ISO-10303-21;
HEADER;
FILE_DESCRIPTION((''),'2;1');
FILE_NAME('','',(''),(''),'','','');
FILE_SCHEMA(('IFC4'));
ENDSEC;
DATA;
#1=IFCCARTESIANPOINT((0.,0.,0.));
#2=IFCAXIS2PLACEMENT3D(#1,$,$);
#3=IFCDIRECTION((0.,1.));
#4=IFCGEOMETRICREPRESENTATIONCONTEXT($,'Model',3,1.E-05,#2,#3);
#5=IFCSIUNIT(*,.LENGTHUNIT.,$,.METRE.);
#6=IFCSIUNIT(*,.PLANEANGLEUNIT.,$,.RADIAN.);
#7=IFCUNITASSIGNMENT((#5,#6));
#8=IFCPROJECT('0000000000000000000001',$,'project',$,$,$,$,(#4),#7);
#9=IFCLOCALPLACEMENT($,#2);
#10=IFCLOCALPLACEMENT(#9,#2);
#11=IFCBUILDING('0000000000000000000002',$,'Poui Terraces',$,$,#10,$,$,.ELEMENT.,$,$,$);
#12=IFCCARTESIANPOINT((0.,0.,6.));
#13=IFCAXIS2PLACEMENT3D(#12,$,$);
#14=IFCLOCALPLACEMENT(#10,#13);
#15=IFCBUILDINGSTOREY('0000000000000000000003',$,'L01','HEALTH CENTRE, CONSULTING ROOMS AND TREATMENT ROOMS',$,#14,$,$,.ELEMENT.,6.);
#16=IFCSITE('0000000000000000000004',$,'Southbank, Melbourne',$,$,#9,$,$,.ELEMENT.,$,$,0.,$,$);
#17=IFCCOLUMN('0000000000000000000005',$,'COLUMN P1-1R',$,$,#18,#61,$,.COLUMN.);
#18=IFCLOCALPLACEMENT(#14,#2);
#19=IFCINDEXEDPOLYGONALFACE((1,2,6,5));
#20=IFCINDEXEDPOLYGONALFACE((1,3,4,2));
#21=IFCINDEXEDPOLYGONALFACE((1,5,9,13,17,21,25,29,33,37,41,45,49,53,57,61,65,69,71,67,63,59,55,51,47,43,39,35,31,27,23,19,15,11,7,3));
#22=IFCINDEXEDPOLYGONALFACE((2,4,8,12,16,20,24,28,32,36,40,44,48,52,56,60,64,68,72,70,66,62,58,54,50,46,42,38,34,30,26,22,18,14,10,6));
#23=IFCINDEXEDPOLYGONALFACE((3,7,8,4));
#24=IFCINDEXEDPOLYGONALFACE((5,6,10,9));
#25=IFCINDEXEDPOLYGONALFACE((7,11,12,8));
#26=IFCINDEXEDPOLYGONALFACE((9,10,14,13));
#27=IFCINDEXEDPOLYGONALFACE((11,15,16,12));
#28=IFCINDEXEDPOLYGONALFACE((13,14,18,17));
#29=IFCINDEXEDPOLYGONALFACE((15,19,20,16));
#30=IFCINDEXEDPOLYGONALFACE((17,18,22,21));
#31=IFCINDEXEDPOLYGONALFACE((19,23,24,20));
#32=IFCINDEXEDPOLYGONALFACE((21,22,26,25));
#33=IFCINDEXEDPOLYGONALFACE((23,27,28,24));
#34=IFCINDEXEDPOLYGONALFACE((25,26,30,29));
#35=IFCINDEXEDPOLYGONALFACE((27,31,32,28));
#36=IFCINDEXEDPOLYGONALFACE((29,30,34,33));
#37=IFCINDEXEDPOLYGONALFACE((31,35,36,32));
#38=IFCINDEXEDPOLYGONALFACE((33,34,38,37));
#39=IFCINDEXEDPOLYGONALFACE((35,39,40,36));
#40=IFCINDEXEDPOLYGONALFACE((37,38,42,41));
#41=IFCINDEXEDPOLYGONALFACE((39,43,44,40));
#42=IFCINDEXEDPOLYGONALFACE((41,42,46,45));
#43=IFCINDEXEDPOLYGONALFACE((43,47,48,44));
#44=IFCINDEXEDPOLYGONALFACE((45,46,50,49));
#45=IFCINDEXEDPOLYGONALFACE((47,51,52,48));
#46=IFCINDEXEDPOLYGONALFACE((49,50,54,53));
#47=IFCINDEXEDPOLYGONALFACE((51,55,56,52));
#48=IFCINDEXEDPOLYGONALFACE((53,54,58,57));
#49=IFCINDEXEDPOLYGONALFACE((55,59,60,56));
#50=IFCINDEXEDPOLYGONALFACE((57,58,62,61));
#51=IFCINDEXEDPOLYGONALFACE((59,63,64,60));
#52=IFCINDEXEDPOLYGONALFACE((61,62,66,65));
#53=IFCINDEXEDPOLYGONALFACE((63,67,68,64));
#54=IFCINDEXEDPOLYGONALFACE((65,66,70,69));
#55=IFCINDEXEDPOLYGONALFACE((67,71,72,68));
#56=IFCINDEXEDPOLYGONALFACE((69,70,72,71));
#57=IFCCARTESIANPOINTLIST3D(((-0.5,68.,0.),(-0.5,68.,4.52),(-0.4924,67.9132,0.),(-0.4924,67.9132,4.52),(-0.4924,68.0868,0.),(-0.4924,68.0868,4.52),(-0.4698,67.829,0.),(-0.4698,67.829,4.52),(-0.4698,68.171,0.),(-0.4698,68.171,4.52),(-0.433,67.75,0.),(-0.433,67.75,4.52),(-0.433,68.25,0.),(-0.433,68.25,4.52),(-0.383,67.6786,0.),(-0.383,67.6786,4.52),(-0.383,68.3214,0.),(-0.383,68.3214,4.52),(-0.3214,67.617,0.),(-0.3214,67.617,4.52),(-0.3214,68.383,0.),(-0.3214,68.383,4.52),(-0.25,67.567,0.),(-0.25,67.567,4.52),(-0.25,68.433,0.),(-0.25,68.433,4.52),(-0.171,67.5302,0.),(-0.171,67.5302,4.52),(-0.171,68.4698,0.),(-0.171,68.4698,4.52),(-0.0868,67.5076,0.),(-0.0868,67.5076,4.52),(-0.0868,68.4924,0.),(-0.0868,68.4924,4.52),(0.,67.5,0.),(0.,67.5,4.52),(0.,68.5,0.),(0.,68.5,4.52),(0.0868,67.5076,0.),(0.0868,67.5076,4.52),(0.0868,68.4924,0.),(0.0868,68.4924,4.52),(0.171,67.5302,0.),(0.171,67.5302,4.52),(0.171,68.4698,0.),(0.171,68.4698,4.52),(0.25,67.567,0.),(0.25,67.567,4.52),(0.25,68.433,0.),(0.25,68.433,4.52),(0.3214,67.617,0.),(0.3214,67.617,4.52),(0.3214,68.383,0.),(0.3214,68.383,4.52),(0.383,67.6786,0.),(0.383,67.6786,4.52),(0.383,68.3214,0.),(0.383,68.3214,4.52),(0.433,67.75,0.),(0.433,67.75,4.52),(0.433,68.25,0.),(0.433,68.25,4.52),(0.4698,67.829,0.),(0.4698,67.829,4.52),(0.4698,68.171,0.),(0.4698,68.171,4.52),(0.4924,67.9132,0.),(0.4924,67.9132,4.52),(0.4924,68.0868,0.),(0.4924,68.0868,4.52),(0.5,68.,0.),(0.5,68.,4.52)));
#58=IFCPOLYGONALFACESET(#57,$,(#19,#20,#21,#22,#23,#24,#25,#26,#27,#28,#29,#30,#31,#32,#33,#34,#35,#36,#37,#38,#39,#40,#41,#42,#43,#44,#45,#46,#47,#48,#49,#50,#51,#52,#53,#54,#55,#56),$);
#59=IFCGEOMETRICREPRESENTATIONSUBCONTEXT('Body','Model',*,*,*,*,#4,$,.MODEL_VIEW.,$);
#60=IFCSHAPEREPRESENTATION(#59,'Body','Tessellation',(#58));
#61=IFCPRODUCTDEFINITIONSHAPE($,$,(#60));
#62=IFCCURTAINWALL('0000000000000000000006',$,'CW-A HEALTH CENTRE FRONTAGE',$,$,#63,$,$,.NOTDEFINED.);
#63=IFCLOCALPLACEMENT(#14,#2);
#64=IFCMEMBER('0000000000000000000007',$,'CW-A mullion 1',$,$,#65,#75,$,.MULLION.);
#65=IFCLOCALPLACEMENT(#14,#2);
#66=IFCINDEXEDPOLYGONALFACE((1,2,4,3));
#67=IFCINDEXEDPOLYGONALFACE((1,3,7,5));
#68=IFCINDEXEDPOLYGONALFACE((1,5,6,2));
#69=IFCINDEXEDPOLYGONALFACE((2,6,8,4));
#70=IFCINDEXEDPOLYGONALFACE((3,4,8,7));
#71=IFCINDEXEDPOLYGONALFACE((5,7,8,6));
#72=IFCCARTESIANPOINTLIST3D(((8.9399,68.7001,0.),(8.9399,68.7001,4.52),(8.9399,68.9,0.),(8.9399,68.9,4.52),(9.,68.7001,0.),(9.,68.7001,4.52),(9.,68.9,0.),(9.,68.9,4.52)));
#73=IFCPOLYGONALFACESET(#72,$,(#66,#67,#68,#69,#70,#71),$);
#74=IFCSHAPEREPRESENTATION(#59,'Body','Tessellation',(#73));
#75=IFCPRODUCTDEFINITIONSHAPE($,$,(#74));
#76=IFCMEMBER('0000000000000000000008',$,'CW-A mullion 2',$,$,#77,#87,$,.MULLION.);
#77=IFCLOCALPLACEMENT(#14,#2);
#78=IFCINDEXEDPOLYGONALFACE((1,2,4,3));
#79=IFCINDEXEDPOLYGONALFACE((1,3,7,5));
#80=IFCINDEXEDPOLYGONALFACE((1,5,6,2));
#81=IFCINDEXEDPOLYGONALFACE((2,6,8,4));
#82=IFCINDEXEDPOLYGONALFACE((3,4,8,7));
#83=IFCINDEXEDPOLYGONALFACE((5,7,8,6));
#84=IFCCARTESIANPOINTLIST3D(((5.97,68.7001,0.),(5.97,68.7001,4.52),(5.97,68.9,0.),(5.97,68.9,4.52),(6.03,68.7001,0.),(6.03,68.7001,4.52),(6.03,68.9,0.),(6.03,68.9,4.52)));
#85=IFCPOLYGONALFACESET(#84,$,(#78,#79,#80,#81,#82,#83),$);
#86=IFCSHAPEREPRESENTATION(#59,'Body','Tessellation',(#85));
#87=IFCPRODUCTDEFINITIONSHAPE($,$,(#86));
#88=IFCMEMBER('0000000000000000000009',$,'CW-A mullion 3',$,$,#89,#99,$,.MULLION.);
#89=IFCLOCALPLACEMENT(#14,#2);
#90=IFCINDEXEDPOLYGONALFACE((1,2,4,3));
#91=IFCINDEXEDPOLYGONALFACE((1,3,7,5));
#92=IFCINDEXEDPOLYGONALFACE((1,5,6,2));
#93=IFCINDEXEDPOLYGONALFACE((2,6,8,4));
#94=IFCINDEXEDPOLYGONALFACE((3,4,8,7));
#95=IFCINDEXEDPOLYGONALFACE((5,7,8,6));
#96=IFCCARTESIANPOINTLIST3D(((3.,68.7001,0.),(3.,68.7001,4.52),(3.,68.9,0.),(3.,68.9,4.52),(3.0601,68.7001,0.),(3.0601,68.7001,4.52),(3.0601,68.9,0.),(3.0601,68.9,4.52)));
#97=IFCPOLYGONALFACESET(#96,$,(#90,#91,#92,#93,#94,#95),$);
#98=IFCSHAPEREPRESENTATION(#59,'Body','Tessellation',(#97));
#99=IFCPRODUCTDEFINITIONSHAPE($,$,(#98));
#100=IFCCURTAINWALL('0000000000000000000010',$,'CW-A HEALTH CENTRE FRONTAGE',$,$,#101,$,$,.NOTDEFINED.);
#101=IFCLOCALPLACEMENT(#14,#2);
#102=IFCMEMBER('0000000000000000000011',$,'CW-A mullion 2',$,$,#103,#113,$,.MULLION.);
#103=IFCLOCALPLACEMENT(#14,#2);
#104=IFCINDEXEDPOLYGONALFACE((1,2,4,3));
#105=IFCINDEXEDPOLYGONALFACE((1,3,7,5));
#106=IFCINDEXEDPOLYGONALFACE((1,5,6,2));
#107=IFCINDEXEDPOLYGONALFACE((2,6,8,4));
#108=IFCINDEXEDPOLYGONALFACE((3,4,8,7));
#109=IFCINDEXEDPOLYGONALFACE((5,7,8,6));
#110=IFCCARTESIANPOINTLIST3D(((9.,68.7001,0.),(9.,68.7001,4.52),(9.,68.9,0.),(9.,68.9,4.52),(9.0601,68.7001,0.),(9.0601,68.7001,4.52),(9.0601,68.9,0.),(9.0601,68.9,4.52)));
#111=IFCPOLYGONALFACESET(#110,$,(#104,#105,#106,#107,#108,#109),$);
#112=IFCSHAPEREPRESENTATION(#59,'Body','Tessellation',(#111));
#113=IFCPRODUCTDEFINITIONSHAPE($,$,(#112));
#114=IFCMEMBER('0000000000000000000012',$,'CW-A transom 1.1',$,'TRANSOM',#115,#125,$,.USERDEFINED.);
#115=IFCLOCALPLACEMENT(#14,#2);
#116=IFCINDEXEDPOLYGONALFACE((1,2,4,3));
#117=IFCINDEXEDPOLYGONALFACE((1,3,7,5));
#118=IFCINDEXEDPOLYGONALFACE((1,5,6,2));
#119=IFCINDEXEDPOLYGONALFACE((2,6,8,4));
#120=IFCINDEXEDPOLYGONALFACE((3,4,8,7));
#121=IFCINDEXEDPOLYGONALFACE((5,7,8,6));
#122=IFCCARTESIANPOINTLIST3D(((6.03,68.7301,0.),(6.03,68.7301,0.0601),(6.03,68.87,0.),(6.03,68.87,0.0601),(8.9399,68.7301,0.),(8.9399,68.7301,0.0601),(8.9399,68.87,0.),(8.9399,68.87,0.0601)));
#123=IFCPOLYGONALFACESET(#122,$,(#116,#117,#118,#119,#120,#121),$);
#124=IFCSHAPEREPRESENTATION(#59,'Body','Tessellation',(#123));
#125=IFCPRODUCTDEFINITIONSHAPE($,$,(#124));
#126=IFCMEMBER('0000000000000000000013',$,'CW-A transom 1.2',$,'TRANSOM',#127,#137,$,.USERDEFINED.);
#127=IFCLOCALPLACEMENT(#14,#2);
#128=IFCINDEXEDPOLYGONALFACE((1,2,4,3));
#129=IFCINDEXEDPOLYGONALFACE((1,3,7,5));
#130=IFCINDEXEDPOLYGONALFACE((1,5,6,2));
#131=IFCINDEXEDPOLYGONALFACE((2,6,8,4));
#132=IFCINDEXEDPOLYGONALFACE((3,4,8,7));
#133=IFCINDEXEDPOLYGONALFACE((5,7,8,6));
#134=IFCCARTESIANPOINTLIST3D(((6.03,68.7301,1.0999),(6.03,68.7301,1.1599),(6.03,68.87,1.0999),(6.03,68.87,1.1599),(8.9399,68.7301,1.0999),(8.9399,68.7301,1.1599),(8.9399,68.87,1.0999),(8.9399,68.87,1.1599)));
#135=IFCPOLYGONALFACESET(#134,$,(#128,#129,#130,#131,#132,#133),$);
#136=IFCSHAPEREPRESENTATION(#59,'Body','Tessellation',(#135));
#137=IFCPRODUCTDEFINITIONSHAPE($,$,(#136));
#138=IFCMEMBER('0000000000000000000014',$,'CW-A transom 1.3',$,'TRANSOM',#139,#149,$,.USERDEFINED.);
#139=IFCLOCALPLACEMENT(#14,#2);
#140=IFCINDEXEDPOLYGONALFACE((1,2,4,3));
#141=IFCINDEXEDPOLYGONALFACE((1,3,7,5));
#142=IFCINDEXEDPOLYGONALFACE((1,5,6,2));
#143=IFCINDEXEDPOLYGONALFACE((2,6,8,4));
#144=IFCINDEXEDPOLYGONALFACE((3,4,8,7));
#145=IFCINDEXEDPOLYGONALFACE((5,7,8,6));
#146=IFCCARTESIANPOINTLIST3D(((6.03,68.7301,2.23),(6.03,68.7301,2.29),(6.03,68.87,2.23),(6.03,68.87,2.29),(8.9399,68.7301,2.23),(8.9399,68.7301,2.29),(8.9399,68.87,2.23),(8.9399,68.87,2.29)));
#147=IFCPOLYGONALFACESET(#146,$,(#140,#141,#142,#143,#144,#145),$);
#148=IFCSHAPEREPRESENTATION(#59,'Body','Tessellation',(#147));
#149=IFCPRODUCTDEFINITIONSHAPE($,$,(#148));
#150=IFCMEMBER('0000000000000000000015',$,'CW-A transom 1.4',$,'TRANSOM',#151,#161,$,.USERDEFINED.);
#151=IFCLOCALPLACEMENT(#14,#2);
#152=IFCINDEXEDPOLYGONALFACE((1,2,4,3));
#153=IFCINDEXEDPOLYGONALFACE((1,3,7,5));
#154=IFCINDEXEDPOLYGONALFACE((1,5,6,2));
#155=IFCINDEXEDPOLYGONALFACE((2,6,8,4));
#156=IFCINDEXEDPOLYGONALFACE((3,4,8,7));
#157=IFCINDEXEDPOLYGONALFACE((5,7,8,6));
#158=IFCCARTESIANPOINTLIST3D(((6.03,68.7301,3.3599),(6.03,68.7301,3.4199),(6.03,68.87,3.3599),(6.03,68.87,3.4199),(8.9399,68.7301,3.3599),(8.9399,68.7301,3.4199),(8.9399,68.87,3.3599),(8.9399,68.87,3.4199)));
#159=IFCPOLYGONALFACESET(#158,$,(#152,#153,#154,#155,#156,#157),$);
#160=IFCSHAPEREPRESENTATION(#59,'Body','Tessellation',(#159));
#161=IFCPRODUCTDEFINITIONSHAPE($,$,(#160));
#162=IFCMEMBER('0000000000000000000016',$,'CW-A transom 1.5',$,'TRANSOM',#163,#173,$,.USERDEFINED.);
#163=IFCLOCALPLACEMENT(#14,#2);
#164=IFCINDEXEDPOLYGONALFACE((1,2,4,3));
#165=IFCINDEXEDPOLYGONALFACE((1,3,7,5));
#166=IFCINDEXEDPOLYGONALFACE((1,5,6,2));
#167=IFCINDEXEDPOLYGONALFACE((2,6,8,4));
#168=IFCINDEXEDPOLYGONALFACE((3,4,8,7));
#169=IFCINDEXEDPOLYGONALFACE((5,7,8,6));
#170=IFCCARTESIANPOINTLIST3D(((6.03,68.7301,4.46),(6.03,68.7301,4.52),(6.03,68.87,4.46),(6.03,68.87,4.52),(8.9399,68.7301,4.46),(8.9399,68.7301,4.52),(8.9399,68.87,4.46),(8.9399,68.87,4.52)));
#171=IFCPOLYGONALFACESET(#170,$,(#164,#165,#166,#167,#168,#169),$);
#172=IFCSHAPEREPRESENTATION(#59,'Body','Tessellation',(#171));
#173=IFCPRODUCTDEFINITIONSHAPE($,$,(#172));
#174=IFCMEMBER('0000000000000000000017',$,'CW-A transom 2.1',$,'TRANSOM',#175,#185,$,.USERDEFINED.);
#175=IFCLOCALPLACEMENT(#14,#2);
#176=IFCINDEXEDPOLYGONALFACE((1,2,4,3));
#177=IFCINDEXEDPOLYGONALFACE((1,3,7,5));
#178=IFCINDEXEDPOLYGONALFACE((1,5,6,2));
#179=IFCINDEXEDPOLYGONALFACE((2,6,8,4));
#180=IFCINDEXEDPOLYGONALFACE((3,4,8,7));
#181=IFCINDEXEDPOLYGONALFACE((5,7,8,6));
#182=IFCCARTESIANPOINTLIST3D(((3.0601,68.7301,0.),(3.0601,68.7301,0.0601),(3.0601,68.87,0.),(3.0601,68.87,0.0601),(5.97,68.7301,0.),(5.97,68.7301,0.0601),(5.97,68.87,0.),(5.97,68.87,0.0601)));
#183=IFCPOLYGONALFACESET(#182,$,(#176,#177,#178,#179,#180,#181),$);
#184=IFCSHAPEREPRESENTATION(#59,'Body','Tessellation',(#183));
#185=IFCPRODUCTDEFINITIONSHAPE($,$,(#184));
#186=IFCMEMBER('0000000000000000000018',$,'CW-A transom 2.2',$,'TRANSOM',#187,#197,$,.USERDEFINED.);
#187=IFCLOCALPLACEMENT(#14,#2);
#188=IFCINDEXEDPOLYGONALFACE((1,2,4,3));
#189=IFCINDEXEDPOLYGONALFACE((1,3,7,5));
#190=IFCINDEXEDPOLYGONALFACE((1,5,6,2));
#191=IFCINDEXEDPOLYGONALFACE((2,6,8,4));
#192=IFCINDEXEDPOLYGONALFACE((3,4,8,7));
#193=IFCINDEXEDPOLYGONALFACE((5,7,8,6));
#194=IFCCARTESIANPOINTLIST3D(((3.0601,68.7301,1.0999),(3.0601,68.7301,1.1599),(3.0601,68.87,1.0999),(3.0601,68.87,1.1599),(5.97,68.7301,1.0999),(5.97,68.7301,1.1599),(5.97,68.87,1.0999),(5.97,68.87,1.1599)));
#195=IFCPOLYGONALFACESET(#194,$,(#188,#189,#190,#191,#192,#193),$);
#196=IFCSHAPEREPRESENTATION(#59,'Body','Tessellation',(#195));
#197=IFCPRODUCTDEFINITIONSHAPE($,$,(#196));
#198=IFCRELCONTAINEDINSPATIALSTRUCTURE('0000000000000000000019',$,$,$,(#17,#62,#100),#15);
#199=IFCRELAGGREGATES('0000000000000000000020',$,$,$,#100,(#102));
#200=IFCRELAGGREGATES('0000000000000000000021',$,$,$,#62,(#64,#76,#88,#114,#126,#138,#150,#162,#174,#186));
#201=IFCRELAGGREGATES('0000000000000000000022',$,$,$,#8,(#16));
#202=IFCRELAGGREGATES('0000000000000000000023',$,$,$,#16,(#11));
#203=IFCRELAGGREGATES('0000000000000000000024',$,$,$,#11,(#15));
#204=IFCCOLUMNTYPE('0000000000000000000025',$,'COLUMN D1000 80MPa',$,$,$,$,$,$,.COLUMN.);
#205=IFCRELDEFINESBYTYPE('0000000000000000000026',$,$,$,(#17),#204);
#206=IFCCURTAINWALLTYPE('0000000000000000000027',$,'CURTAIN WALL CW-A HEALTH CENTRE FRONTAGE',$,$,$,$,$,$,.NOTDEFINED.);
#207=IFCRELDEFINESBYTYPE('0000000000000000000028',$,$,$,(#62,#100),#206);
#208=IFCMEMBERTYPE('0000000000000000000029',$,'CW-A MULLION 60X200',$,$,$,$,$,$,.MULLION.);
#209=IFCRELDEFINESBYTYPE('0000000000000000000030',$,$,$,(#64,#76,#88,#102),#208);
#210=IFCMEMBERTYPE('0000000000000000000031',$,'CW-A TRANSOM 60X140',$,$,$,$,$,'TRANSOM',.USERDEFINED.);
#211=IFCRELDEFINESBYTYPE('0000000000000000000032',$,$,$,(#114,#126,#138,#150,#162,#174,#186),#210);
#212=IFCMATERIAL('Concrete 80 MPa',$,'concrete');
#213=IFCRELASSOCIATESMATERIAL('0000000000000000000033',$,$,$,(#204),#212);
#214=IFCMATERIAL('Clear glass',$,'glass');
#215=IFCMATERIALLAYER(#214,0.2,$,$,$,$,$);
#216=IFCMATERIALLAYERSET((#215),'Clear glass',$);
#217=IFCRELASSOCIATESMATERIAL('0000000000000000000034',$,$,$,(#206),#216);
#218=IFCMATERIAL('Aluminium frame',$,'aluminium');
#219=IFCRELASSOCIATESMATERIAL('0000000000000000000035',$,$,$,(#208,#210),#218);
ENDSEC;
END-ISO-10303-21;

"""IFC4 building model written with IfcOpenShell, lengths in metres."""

from ifc_helpers import new_model, si_unit, direction, frame, origin, origin_2d, place, context, subcontext, project, spatial, rectangle, circle, extrude, source, transform, mapped, material, layer, layer_set, material_profile, profile_set, type_object, element, aggregate, save


model = new_model("IFC4")

# Units and contexts
model_context = context("Model", 3, precision=1e-05, world=origin(), true_north=direction((0.0, 1.0)))
body_context = subcontext(model_context, "Body", "Model", "MODEL_VIEW")
ifc_project = project(units=[si_unit("LENGTHUNIT", "METRE"), si_unit("PLANEANGLEUNIT", "RADIAN")], contexts=[model_context])

# Site, building, storey
site_placement = place(None, origin())
site = spatial("IfcSite", under=ifc_project, at=site_placement, Name="Southbank, Melbourne", CompositionType="ELEMENT", RefElevation=0.0)
building_placement = place(site_placement, origin())
building = spatial("IfcBuilding", under=site, at=building_placement, Name="Poui Terraces", CompositionType="ELEMENT")
storey_placement = place(building_placement, frame((0.0, 0.0, 6.0)))
storey = spatial("IfcBuildingStorey", under=building, at=storey_placement, Name="L01", Description="HEALTH CENTRE, CONSULTING ROOMS AND TREATMENT ROOMS", CompositionType="ELEMENT", Elevation=6.0)

# Column
ifc_material_1 = material(Name="Concrete 80 MPa", Category="concrete")
ifc_material_profile_1 = material_profile(ifc_material_1, circle(Radius=0.5, at=origin_2d()), Name="RC D1000")
ifc_profile_set_1 = profile_set([ifc_material_profile_1], Name="Concrete 80 MPa")
column_type = type_object("IfcColumnType", Name="COLUMN D1000 80MPa", PredefinedType="COLUMN", material=ifc_profile_set_1)
shared_shape_1 = source(origin(), body_context, "Body", "SweptSolid", [
    extrude(circle(Radius=0.5, at=origin_2d()), origin(), (0.0, 0.0, 1.0), 4.52),
])
column_placement = place(storey_placement, frame((0.0, 68.0, 0.0), z_axis=(0.0, 0.0, 1.0), x_axis=(1.0, 0.0, 0.0)))
element("IfcColumn", 1, at=column_placement, inside=storey, type_object=column_type, Name="COLUMN P1-1R", PredefinedType="COLUMN", context=body_context, shape_type="MappedRepresentation", body=[
    mapped(shared_shape_1, transform((0.0, 0.0, 0.0))),
])

# Curtain wall, members
ifc_material_2 = material(Name="Clear glass", Category="glass")
ifc_layer_1 = layer(ifc_material_2, 0.2)
ifc_layer_set_1 = layer_set([ifc_layer_1], Name="Clear glass")
curtain_wall_type = type_object("IfcCurtainWallType", Name="CURTAIN WALL CW-A HEALTH CENTRE FRONTAGE", PredefinedType="NOTDEFINED", material=ifc_layer_set_1)
curtain_wall_1_placement = place(storey_placement, origin())
curtain_wall_1 = element("IfcCurtainWall", 2, at=curtain_wall_1_placement, inside=storey, type_object=curtain_wall_type, Name="CW-A HEALTH CENTRE FRONTAGE", PredefinedType="NOTDEFINED")
ifc_material_3 = material(Name="Aluminium frame", Category="aluminium")
ifc_material_profile_2 = material_profile(ifc_material_3, rectangle(XDim=0.2, YDim=0.0601, at=origin_2d()), Name="CW-A MULLION 60X200")
ifc_profile_set_2 = profile_set([ifc_material_profile_2], Name="Aluminium frame")
member_type_1 = type_object("IfcMemberType", Name="CW-A MULLION 60X200", PredefinedType="MULLION", material=ifc_profile_set_2)
member_1_placement = place(storey_placement, frame((8.97, 68.8, 0.0), z_axis=(0.0, 0.0, 1.0), x_axis=(0.0, -1.0, 0.0)))
member_1 = element("IfcMember", 3, at=member_1_placement, type_object=member_type_1, Name="CW-A mullion 1", PredefinedType="MULLION", context=body_context, shape_type="SweptSolid", body=[
    extrude(rectangle(XDim=0.2, YDim=0.0601, at=origin_2d()), origin(), (0.0, 0.0, 1.0), 4.52),
])
member_2_placement = place(storey_placement, frame((6.0, 68.8, 0.0), z_axis=(0.0, 0.0, 1.0), x_axis=(0.0, -1.0, 0.0)))
member_2 = element("IfcMember", 4, at=member_2_placement, type_object=member_type_1, Name="CW-A mullion 2", PredefinedType="MULLION", context=body_context, shape_type="SweptSolid", body=[
    extrude(rectangle(XDim=0.2, YDim=0.0601, at=origin_2d()), origin(), (0.0, 0.0, 1.0), 4.52),
])
member_3_placement = place(storey_placement, frame((3.03, 68.8, 0.0), z_axis=(0.0, 0.0, 1.0), x_axis=(0.0, -1.0, 0.0)))
member_3 = element("IfcMember", 5, at=member_3_placement, type_object=member_type_1, Name="CW-A mullion 3", PredefinedType="MULLION", context=body_context, shape_type="SweptSolid", body=[
    extrude(rectangle(XDim=0.2, YDim=0.0601, at=origin_2d()), origin(), (0.0, 0.0, 1.0), 4.52),
])

# Curtain wall, member
curtain_wall_2_placement = place(storey_placement, origin())
curtain_wall_2 = element("IfcCurtainWall", 6, at=curtain_wall_2_placement, inside=storey, type_object=curtain_wall_type, Name="CW-A HEALTH CENTRE FRONTAGE", PredefinedType="NOTDEFINED")
member_4_placement = place(storey_placement, frame((9.03, 68.8, 0.0), z_axis=(0.0, 0.0, 1.0), x_axis=(0.0, -1.0, 0.0)))
member_4 = element("IfcMember", 7, at=member_4_placement, type_object=member_type_1, Name="CW-A mullion 2", PredefinedType="MULLION", context=body_context, shape_type="SweptSolid", body=[
    extrude(rectangle(XDim=0.2, YDim=0.0601, at=origin_2d()), origin(), (0.0, 0.0, 1.0), 4.52),
])
aggregate(curtain_wall_2, [member_4])

# Members
ifc_material_profile_3 = material_profile(ifc_material_3, rectangle(XDim=0.1399, YDim=0.0601, at=origin_2d()), Name="CW-A TRANSOM 60X140")
ifc_profile_set_3 = profile_set([ifc_material_profile_3], Name="Aluminium frame")
member_type_2 = type_object("IfcMemberType", Name="CW-A TRANSOM 60X140", ElementType="TRANSOM", PredefinedType="USERDEFINED", material=ifc_profile_set_3)
member_5_placement = place(storey_placement, frame((8.9399, 68.8, 0.03), z_axis=(-1.0, 0.0, 0.0), x_axis=(0.0, -1.0, 0.0)))
member_5 = element("IfcMember", 8, at=member_5_placement, type_object=member_type_2, Name="CW-A transom 1.1", ObjectType="TRANSOM", PredefinedType="USERDEFINED", context=body_context, shape_type="SweptSolid", body=[
    extrude(rectangle(XDim=0.1399, YDim=0.0601, at=origin_2d()), origin(), (0.0, 0.0, 1.0), 2.9099),
])
member_6_placement = place(storey_placement, frame((8.9399, 68.8, 1.1299), z_axis=(-1.0, 0.0, 0.0), x_axis=(0.0, -1.0, 0.0)))
member_6 = element("IfcMember", 9, at=member_6_placement, type_object=member_type_2, Name="CW-A transom 1.2", ObjectType="TRANSOM", PredefinedType="USERDEFINED", context=body_context, shape_type="SweptSolid", body=[
    extrude(rectangle(XDim=0.1399, YDim=0.0601, at=origin_2d()), origin(), (0.0, 0.0, 1.0), 2.9099),
])
member_7_placement = place(storey_placement, frame((8.9399, 68.8, 2.26), z_axis=(-1.0, 0.0, 0.0), x_axis=(0.0, -1.0, 0.0)))
member_7 = element("IfcMember", 10, at=member_7_placement, type_object=member_type_2, Name="CW-A transom 1.3", ObjectType="TRANSOM", PredefinedType="USERDEFINED", context=body_context, shape_type="SweptSolid", body=[
    extrude(rectangle(XDim=0.1399, YDim=0.0601, at=origin_2d()), origin(), (0.0, 0.0, 1.0), 2.9099),
])
member_8_placement = place(storey_placement, frame((8.9399, 68.8, 3.3899), z_axis=(-1.0, 0.0, 0.0), x_axis=(0.0, -1.0, 0.0)))
member_8 = element("IfcMember", 11, at=member_8_placement, type_object=member_type_2, Name="CW-A transom 1.4", ObjectType="TRANSOM", PredefinedType="USERDEFINED", context=body_context, shape_type="SweptSolid", body=[
    extrude(rectangle(XDim=0.1399, YDim=0.0601, at=origin_2d()), origin(), (0.0, 0.0, 1.0), 2.9099),
])
member_9_placement = place(storey_placement, frame((8.9399, 68.8, 4.49), z_axis=(-1.0, 0.0, 0.0), x_axis=(0.0, -1.0, 0.0)))
member_9 = element("IfcMember", 12, at=member_9_placement, type_object=member_type_2, Name="CW-A transom 1.5", ObjectType="TRANSOM", PredefinedType="USERDEFINED", context=body_context, shape_type="SweptSolid", body=[
    extrude(rectangle(XDim=0.1399, YDim=0.0601, at=origin_2d()), origin(), (0.0, 0.0, 1.0), 2.9099),
])
member_10_placement = place(storey_placement, frame((5.97, 68.8, 0.03), z_axis=(-1.0, 0.0, 0.0), x_axis=(0.0, -1.0, 0.0)))
member_10 = element("IfcMember", 13, at=member_10_placement, type_object=member_type_2, Name="CW-A transom 2.1", ObjectType="TRANSOM", PredefinedType="USERDEFINED", context=body_context, shape_type="SweptSolid", body=[
    extrude(rectangle(XDim=0.1399, YDim=0.0601, at=origin_2d()), origin(), (0.0, 0.0, 1.0), 2.9099),
])
member_11_placement = place(storey_placement, frame((5.97, 68.8, 1.1299), z_axis=(-1.0, 0.0, 0.0), x_axis=(0.0, -1.0, 0.0)))
member_11 = element("IfcMember", 14, at=member_11_placement, type_object=member_type_2, Name="CW-A transom 2.2", ObjectType="TRANSOM", PredefinedType="USERDEFINED", context=body_context, shape_type="SweptSolid", body=[
    extrude(rectangle(XDim=0.1399, YDim=0.0601, at=origin_2d()), origin(), (0.0, 0.0, 1.0), 2.9099),
])

aggregate(curtain_wall_1, [member_1, member_2, member_3, member_5, member_6, member_7, member_8, member_9, member_10, member_11])

save(model, "model.ifc")
